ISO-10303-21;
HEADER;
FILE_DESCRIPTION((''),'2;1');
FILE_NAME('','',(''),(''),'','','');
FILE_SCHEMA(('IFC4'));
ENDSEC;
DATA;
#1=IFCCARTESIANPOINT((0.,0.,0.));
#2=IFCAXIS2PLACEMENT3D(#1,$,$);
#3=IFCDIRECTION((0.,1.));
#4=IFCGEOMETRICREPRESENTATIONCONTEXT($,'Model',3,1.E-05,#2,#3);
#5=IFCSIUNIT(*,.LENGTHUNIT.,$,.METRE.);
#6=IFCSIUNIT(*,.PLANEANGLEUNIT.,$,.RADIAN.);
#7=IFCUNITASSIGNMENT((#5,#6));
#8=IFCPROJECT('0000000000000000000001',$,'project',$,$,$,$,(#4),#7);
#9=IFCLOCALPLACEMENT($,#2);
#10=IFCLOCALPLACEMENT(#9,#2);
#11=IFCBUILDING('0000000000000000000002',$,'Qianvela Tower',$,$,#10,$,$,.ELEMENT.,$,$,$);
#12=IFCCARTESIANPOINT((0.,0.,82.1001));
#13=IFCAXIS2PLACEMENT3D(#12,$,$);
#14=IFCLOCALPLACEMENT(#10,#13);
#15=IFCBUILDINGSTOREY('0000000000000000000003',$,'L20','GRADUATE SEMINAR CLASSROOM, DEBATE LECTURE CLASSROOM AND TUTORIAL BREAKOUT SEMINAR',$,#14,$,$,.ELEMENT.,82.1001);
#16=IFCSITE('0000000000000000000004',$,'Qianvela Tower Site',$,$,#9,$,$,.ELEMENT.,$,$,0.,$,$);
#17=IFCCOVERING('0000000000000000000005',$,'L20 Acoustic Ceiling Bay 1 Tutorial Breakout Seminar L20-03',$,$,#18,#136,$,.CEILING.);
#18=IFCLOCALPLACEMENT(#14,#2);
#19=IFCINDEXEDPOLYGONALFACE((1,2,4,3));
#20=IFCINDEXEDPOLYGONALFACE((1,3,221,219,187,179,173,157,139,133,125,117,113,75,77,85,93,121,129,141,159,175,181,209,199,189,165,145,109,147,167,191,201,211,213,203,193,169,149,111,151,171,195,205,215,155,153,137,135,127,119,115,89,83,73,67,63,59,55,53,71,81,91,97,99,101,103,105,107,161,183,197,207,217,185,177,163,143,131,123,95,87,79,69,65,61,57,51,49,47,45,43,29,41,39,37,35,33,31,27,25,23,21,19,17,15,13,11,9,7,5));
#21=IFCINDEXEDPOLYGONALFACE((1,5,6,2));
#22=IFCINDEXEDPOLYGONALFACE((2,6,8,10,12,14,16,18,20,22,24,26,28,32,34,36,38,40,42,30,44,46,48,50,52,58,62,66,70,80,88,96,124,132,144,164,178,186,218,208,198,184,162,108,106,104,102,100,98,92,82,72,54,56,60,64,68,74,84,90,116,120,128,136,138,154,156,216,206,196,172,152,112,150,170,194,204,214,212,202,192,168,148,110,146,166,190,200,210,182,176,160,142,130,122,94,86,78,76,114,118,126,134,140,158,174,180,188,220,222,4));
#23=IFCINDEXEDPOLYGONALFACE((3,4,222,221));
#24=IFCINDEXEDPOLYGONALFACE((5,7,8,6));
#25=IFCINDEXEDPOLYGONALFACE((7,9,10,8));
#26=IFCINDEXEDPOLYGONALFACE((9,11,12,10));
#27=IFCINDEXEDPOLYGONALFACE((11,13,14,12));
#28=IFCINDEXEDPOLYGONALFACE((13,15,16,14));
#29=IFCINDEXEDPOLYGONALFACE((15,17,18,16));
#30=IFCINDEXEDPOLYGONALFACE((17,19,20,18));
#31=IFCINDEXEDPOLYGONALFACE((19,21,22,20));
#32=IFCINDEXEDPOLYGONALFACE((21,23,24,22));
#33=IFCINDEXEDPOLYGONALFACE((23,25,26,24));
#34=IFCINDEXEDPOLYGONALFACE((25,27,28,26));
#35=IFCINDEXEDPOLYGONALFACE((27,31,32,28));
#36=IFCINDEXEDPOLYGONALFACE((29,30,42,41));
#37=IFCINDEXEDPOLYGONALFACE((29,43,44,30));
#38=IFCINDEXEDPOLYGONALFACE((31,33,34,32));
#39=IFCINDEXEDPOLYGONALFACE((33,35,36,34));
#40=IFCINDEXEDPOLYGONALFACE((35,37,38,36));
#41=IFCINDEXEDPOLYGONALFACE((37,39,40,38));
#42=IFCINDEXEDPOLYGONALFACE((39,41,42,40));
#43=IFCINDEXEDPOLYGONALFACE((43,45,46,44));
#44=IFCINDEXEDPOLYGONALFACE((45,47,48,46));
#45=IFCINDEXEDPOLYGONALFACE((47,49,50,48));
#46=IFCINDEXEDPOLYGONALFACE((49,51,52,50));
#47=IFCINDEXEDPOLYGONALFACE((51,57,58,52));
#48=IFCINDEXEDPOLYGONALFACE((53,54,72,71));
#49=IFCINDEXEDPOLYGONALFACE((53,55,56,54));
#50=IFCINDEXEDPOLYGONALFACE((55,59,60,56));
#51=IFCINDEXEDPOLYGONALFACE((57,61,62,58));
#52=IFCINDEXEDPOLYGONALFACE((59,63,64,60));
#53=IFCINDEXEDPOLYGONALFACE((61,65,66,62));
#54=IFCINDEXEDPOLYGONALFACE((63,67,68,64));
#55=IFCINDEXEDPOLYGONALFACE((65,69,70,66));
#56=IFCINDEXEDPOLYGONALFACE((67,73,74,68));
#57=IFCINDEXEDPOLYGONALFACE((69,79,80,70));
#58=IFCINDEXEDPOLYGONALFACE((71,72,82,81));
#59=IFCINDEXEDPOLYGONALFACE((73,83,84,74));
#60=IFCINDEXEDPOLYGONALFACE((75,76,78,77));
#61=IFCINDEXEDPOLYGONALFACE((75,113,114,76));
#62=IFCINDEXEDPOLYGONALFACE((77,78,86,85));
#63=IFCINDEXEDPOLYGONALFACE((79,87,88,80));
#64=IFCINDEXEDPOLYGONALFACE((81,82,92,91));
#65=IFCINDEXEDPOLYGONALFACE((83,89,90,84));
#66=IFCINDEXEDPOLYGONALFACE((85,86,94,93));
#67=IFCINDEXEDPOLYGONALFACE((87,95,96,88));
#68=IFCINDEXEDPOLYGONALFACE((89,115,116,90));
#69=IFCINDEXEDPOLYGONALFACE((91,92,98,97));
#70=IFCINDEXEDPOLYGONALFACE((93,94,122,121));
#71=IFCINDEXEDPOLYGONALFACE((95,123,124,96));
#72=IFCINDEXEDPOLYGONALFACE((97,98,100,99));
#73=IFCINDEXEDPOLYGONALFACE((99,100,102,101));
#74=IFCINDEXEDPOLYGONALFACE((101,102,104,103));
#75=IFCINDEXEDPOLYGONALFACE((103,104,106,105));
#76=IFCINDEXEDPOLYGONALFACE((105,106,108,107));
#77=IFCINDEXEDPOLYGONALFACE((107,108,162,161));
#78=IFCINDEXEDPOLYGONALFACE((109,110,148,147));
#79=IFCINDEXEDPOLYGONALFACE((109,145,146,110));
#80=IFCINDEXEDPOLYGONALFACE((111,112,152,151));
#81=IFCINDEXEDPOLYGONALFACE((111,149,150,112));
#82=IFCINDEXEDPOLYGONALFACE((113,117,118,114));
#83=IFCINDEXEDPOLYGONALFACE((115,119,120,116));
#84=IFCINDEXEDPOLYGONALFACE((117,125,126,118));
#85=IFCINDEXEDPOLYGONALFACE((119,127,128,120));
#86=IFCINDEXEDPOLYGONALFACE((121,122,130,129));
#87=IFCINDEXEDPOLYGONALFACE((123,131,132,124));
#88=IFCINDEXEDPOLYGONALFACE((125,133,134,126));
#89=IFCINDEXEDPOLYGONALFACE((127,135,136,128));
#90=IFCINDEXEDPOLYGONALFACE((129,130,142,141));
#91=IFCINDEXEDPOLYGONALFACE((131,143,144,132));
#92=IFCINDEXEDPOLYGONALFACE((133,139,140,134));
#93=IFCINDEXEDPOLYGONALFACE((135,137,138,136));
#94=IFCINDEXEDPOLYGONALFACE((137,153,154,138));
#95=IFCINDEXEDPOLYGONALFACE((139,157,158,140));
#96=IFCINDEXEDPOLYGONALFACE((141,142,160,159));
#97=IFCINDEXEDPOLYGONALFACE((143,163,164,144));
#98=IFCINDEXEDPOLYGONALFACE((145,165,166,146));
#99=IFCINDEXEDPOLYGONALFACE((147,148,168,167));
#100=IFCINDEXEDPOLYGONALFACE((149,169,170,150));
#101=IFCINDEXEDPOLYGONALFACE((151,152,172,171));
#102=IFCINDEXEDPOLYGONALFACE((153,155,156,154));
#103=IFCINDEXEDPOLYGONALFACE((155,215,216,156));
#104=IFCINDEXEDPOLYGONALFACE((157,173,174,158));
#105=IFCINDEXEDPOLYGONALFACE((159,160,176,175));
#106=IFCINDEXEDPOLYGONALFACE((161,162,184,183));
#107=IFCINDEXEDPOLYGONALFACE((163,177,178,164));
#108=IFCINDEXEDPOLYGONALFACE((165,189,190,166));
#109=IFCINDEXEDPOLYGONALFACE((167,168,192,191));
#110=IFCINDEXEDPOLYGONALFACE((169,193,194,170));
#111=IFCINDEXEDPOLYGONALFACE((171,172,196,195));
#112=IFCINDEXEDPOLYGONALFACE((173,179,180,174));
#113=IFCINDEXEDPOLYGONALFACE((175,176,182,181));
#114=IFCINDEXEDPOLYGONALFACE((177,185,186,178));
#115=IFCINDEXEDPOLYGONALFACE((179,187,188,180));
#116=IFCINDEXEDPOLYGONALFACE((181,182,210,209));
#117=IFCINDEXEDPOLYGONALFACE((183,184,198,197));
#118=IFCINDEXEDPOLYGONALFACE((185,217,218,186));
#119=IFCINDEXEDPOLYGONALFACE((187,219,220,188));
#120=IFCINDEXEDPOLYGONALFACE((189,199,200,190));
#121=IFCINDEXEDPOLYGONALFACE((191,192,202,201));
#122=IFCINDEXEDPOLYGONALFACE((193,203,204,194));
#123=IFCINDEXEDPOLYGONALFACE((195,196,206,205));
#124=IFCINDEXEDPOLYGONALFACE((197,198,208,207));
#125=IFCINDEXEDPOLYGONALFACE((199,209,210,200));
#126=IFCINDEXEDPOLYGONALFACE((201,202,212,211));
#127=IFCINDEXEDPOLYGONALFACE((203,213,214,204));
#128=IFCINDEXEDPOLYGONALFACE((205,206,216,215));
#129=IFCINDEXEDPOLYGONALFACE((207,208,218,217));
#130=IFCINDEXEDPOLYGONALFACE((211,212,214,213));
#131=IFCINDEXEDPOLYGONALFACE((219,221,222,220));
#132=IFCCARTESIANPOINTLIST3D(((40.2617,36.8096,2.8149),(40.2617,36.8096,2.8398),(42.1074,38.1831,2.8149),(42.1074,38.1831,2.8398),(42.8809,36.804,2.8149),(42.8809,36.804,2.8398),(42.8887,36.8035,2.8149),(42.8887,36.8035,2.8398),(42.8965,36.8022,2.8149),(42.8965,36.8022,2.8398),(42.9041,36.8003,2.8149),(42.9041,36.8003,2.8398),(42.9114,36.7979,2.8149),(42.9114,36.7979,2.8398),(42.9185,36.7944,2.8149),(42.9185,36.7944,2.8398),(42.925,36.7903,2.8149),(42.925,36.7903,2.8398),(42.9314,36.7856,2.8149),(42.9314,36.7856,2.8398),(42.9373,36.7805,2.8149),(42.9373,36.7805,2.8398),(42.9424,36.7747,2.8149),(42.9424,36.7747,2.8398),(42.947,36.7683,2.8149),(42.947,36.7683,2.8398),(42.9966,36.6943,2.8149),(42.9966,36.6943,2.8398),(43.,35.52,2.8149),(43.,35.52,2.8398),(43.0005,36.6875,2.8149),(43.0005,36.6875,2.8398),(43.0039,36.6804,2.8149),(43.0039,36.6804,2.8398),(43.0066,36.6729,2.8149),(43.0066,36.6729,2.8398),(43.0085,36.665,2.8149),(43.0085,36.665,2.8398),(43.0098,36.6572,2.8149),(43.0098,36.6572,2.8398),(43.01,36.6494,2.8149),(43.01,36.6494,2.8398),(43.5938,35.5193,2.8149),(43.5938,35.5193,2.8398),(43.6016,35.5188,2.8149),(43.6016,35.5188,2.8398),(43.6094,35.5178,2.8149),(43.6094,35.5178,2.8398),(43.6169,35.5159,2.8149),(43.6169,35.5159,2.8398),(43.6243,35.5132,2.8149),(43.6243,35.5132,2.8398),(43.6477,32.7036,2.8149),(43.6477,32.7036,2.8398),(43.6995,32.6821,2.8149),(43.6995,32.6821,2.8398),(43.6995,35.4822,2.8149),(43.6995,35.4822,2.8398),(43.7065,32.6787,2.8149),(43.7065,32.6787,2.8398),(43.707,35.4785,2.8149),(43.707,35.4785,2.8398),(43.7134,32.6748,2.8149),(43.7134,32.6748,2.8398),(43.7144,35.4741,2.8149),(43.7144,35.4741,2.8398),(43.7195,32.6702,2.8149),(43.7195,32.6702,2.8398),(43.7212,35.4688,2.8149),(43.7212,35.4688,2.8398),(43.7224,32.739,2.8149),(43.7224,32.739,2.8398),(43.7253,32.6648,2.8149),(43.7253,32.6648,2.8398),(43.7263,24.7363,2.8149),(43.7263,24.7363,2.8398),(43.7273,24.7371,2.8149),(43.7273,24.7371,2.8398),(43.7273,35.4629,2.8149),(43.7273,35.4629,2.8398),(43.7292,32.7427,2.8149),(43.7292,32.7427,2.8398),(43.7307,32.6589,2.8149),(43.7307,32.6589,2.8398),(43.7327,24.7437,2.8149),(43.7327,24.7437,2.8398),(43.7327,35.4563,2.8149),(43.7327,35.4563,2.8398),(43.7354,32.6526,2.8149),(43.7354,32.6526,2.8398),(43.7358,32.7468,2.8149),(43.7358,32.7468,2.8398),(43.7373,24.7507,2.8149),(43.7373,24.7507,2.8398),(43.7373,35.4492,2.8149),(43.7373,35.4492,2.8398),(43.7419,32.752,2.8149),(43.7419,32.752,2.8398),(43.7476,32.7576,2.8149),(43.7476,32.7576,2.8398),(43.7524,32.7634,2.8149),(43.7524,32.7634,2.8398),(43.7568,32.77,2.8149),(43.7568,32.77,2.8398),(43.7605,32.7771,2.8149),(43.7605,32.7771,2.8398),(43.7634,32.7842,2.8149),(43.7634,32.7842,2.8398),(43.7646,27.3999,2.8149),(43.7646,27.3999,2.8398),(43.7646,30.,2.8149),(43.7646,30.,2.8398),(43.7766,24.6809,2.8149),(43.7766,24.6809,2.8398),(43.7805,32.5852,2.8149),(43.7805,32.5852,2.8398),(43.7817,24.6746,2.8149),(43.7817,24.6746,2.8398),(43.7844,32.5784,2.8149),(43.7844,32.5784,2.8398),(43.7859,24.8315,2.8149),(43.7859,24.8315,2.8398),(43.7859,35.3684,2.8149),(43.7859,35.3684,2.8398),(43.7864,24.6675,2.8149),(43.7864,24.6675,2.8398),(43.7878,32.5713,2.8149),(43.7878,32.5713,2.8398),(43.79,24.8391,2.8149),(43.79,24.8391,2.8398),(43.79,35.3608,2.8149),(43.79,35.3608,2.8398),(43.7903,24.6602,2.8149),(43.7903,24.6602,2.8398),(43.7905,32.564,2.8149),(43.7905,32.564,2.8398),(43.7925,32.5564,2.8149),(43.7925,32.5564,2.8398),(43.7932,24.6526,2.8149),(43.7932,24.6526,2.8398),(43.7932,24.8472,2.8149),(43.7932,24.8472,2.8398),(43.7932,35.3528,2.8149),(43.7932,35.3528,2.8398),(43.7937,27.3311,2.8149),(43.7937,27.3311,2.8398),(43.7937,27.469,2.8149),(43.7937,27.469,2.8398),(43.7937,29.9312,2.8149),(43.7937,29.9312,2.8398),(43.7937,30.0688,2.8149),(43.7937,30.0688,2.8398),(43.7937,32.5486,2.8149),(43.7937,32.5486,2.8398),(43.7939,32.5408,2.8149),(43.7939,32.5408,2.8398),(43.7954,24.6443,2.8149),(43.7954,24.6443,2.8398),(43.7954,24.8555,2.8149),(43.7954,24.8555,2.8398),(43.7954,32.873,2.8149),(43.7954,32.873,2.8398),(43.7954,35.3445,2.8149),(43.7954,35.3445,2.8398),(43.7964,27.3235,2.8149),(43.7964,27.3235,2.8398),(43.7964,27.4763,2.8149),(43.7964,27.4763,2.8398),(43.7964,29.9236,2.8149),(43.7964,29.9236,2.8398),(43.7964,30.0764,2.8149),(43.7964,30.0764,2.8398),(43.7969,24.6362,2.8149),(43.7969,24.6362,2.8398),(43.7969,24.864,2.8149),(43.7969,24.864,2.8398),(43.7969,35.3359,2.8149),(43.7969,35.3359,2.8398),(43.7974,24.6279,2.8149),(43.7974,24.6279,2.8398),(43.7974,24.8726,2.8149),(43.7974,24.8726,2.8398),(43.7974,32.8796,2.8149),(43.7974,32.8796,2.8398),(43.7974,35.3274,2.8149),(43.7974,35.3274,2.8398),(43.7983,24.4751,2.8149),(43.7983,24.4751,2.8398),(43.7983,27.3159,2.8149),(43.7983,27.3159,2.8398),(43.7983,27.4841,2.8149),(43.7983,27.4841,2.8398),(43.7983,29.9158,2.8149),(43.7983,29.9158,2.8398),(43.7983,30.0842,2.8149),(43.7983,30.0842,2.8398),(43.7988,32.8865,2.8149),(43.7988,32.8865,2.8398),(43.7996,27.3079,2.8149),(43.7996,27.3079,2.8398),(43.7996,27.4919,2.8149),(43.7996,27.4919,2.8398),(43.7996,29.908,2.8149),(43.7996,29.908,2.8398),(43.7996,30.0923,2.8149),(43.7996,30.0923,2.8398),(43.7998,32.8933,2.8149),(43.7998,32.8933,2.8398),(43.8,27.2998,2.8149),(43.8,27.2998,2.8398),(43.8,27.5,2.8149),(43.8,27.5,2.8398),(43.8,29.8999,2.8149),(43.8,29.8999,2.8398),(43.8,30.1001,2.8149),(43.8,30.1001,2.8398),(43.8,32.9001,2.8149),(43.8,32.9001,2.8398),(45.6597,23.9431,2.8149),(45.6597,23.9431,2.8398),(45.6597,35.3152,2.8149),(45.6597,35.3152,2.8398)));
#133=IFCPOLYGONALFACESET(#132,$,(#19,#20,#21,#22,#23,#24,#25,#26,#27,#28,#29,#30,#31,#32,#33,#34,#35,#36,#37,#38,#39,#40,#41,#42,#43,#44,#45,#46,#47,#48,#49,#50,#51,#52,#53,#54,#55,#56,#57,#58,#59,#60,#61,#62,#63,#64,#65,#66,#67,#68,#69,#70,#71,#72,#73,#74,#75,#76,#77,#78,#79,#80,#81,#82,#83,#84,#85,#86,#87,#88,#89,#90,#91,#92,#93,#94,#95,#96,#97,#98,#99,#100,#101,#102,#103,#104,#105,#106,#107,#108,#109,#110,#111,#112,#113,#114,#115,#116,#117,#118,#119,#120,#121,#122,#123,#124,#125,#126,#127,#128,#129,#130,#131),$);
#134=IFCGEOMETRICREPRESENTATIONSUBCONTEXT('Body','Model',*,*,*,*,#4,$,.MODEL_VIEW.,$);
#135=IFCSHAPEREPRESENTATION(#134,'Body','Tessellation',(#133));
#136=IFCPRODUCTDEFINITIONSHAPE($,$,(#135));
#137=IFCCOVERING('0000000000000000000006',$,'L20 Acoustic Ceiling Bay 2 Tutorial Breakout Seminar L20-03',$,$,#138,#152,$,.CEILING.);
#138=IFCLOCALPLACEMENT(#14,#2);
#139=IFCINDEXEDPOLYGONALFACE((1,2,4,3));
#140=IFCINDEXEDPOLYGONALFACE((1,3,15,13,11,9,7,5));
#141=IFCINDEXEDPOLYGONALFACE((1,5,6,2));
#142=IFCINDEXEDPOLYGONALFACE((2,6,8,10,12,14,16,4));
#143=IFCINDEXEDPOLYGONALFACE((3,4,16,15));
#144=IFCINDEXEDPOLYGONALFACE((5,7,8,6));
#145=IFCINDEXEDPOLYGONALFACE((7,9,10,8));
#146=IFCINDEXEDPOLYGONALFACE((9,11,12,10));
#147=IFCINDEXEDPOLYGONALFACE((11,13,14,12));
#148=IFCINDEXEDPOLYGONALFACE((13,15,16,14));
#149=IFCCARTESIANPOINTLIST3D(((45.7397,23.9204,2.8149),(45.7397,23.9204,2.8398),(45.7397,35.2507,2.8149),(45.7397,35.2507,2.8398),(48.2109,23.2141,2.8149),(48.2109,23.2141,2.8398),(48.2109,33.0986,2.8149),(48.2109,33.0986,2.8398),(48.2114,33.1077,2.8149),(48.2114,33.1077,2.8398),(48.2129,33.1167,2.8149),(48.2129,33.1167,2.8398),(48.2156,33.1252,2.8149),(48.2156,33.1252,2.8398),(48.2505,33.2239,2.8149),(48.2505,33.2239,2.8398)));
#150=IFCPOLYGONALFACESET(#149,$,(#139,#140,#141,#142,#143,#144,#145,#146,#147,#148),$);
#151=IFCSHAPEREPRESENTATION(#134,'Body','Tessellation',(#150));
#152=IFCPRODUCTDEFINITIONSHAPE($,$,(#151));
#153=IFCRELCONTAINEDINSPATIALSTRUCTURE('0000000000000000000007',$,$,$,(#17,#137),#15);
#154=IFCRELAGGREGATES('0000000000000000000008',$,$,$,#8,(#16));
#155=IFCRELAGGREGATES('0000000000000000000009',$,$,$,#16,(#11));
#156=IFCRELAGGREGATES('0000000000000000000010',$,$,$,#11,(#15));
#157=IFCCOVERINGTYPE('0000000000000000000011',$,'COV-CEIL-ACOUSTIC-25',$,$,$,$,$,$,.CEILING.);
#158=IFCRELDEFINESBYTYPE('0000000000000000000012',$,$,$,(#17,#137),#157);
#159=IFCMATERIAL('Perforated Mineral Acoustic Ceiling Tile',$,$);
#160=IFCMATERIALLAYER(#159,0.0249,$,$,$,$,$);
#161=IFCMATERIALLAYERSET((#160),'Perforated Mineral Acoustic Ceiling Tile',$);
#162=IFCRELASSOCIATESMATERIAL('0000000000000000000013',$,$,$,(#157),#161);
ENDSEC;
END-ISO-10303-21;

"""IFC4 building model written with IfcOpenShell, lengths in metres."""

from ifc_helpers import new_model, si_unit, direction, frame, origin, place, context, subcontext, project, spatial, polyline, outline, extrude, material, layer, layer_set, type_object, element, save


model = new_model("IFC4")

# Units and contexts
model_context = context("Model", 3, precision=1e-05, world=origin(), true_north=direction((0.0, 1.0)))
body_context = subcontext(model_context, "Body", "Model", "MODEL_VIEW")
ifc_project = project(units=[si_unit("LENGTHUNIT", "METRE"), si_unit("PLANEANGLEUNIT", "RADIAN")], contexts=[model_context])

# Site, building, storey
site_placement = place(None, origin())
site = spatial("IfcSite", under=ifc_project, at=site_placement, Name="Qianvela Tower Site", CompositionType="ELEMENT", RefElevation=0.0)
building_placement = place(site_placement, origin())
building = spatial("IfcBuilding", under=site, at=building_placement, Name="Qianvela Tower", CompositionType="ELEMENT")
storey_placement = place(building_placement, frame((0.0, 0.0, 82.1001)))
storey = spatial("IfcBuildingStorey", under=building, at=storey_placement, Name="L20", Description="GRADUATE SEMINAR CLASSROOM, DEBATE LECTURE CLASSROOM AND TUTORIAL BREAKOUT SEMINAR", CompositionType="ELEMENT", Elevation=82.1001)

# Coverings
ifc_material_1 = material(Name="Perforated Mineral Acoustic Ceiling Tile")
ifc_layer_1 = layer(ifc_material_1, 0.0249)
ifc_layer_set_1 = layer_set([ifc_layer_1], Name="Perforated Mineral Acoustic Ceiling Tile")
covering_type_1 = type_object("IfcCoveringType", Name="COV-CEIL-ACOUSTIC-25", PredefinedType="CEILING", material=ifc_layer_set_1)
covering_1_placement = place(storey_placement, frame((0.0, 0.0, 2.8149)))
element("IfcCovering", 1, at=covering_1_placement, inside=storey, type_object=covering_type_1, Name="L20 Acoustic Ceiling Bay 1 Tutorial Breakout Seminar L20-03", PredefinedType="CEILING", context=body_context, shape_type="SweptSolid", body=[
    extrude(outline(polyline([(43.7224, 32.739), (43.7292, 32.7427), (43.7358, 32.7468), (43.7419, 32.752), (43.7476, 32.7576), (43.7524, 32.7634), (43.7568, 32.77), (43.7605, 32.7771), (43.7634, 32.7842), (43.7954, 32.873), (43.7974, 32.8796), (43.7988, 32.8865), (43.7998, 32.8933), (43.8, 32.9001), (43.7974, 35.3274), (43.7969, 35.3359), (43.7954, 35.3445), (43.7932, 35.3528), (43.79, 35.3608), (43.7859, 35.3684), (43.7373, 35.4492), (43.7327, 35.4563), (43.7273, 35.4629), (43.7212, 35.4688), (43.7144, 35.4741), (43.707, 35.4785), (43.6995, 35.4822), (43.6243, 35.5132), (43.6169, 35.5159), (43.6094, 35.5178), (43.6016, 35.5188), (43.5938, 35.5193), (43.0, 35.52), (43.01, 36.6494), (43.0098, 36.6572), (43.0085, 36.665), (43.0066, 36.6729), (43.0039, 36.6804), (43.0005, 36.6875), (42.9966, 36.6943), (42.947, 36.7683), (42.9424, 36.7747), (42.9373, 36.7805), (42.9314, 36.7856), (42.925, 36.7903), (42.9185, 36.7944), (42.9114, 36.7979), (42.9041, 36.8003), (42.8965, 36.8022), (42.8887, 36.8035), (42.8809, 36.804), (40.2617, 36.8096), (42.1074, 38.1831), (45.6597, 35.3152), (45.6597, 23.9431), (43.7983, 24.4751), (43.7974, 24.6279), (43.7969, 24.6362), (43.7954, 24.6443), (43.7932, 24.6526), (43.7903, 24.6602), (43.7864, 24.6675), (43.7817, 24.6746), (43.7766, 24.6809), (43.7263, 24.7363), (43.7273, 24.7371), (43.7327, 24.7437), (43.7373, 24.7507), (43.7859, 24.8315), (43.79, 24.8391), (43.7932, 24.8472), (43.7954, 24.8555), (43.7969, 24.864), (43.7974, 24.8726), (43.8, 27.2998), (43.7996, 27.3079), (43.7983, 27.3159), (43.7964, 27.3235), (43.7937, 27.3311), (43.7646, 27.3999), (43.7937, 27.469), (43.7964, 27.4763), (43.7983, 27.4841), (43.7996, 27.4919), (43.8, 27.5), (43.8, 29.8999), (43.7996, 29.908), (43.7983, 29.9158), (43.7964, 29.9236), (43.7937, 29.9312), (43.7646, 30.0), (43.7937, 30.0688), (43.7964, 30.0764), (43.7983, 30.0842), (43.7996, 30.0923), (43.8, 30.1001), (43.7939, 32.5408), (43.7937, 32.5486), (43.7925, 32.5564), (43.7905, 32.564), (43.7878, 32.5713), (43.7844, 32.5784), (43.7805, 32.5852), (43.7354, 32.6526), (43.7307, 32.6589), (43.7253, 32.6648), (43.7195, 32.6702), (43.7134, 32.6748), (43.7065, 32.6787), (43.6995, 32.6821), (43.6477, 32.7036), (43.7224, 32.739)])), origin(), (0.0, 0.0, 1.0), 0.0249),
])
covering_2_placement = place(storey_placement, frame((0.0, 0.0, 2.8149)))
element("IfcCovering", 2, at=covering_2_placement, inside=storey, type_object=covering_type_1, Name="L20 Acoustic Ceiling Bay 2 Tutorial Breakout Seminar L20-03", PredefinedType="CEILING", context=body_context, shape_type="SweptSolid", body=[
    extrude(outline(polyline([(48.2505, 33.2239), (48.2156, 33.1252), (48.2129, 33.1167), (48.2114, 33.1077), (48.2109, 33.0986), (48.2109, 23.2141), (45.7397, 23.9204), (45.7397, 35.2507), (48.2505, 33.2239)])), origin(), (0.0, 0.0, 1.0), 0.0249),
])

save(model, "model.ifc")
